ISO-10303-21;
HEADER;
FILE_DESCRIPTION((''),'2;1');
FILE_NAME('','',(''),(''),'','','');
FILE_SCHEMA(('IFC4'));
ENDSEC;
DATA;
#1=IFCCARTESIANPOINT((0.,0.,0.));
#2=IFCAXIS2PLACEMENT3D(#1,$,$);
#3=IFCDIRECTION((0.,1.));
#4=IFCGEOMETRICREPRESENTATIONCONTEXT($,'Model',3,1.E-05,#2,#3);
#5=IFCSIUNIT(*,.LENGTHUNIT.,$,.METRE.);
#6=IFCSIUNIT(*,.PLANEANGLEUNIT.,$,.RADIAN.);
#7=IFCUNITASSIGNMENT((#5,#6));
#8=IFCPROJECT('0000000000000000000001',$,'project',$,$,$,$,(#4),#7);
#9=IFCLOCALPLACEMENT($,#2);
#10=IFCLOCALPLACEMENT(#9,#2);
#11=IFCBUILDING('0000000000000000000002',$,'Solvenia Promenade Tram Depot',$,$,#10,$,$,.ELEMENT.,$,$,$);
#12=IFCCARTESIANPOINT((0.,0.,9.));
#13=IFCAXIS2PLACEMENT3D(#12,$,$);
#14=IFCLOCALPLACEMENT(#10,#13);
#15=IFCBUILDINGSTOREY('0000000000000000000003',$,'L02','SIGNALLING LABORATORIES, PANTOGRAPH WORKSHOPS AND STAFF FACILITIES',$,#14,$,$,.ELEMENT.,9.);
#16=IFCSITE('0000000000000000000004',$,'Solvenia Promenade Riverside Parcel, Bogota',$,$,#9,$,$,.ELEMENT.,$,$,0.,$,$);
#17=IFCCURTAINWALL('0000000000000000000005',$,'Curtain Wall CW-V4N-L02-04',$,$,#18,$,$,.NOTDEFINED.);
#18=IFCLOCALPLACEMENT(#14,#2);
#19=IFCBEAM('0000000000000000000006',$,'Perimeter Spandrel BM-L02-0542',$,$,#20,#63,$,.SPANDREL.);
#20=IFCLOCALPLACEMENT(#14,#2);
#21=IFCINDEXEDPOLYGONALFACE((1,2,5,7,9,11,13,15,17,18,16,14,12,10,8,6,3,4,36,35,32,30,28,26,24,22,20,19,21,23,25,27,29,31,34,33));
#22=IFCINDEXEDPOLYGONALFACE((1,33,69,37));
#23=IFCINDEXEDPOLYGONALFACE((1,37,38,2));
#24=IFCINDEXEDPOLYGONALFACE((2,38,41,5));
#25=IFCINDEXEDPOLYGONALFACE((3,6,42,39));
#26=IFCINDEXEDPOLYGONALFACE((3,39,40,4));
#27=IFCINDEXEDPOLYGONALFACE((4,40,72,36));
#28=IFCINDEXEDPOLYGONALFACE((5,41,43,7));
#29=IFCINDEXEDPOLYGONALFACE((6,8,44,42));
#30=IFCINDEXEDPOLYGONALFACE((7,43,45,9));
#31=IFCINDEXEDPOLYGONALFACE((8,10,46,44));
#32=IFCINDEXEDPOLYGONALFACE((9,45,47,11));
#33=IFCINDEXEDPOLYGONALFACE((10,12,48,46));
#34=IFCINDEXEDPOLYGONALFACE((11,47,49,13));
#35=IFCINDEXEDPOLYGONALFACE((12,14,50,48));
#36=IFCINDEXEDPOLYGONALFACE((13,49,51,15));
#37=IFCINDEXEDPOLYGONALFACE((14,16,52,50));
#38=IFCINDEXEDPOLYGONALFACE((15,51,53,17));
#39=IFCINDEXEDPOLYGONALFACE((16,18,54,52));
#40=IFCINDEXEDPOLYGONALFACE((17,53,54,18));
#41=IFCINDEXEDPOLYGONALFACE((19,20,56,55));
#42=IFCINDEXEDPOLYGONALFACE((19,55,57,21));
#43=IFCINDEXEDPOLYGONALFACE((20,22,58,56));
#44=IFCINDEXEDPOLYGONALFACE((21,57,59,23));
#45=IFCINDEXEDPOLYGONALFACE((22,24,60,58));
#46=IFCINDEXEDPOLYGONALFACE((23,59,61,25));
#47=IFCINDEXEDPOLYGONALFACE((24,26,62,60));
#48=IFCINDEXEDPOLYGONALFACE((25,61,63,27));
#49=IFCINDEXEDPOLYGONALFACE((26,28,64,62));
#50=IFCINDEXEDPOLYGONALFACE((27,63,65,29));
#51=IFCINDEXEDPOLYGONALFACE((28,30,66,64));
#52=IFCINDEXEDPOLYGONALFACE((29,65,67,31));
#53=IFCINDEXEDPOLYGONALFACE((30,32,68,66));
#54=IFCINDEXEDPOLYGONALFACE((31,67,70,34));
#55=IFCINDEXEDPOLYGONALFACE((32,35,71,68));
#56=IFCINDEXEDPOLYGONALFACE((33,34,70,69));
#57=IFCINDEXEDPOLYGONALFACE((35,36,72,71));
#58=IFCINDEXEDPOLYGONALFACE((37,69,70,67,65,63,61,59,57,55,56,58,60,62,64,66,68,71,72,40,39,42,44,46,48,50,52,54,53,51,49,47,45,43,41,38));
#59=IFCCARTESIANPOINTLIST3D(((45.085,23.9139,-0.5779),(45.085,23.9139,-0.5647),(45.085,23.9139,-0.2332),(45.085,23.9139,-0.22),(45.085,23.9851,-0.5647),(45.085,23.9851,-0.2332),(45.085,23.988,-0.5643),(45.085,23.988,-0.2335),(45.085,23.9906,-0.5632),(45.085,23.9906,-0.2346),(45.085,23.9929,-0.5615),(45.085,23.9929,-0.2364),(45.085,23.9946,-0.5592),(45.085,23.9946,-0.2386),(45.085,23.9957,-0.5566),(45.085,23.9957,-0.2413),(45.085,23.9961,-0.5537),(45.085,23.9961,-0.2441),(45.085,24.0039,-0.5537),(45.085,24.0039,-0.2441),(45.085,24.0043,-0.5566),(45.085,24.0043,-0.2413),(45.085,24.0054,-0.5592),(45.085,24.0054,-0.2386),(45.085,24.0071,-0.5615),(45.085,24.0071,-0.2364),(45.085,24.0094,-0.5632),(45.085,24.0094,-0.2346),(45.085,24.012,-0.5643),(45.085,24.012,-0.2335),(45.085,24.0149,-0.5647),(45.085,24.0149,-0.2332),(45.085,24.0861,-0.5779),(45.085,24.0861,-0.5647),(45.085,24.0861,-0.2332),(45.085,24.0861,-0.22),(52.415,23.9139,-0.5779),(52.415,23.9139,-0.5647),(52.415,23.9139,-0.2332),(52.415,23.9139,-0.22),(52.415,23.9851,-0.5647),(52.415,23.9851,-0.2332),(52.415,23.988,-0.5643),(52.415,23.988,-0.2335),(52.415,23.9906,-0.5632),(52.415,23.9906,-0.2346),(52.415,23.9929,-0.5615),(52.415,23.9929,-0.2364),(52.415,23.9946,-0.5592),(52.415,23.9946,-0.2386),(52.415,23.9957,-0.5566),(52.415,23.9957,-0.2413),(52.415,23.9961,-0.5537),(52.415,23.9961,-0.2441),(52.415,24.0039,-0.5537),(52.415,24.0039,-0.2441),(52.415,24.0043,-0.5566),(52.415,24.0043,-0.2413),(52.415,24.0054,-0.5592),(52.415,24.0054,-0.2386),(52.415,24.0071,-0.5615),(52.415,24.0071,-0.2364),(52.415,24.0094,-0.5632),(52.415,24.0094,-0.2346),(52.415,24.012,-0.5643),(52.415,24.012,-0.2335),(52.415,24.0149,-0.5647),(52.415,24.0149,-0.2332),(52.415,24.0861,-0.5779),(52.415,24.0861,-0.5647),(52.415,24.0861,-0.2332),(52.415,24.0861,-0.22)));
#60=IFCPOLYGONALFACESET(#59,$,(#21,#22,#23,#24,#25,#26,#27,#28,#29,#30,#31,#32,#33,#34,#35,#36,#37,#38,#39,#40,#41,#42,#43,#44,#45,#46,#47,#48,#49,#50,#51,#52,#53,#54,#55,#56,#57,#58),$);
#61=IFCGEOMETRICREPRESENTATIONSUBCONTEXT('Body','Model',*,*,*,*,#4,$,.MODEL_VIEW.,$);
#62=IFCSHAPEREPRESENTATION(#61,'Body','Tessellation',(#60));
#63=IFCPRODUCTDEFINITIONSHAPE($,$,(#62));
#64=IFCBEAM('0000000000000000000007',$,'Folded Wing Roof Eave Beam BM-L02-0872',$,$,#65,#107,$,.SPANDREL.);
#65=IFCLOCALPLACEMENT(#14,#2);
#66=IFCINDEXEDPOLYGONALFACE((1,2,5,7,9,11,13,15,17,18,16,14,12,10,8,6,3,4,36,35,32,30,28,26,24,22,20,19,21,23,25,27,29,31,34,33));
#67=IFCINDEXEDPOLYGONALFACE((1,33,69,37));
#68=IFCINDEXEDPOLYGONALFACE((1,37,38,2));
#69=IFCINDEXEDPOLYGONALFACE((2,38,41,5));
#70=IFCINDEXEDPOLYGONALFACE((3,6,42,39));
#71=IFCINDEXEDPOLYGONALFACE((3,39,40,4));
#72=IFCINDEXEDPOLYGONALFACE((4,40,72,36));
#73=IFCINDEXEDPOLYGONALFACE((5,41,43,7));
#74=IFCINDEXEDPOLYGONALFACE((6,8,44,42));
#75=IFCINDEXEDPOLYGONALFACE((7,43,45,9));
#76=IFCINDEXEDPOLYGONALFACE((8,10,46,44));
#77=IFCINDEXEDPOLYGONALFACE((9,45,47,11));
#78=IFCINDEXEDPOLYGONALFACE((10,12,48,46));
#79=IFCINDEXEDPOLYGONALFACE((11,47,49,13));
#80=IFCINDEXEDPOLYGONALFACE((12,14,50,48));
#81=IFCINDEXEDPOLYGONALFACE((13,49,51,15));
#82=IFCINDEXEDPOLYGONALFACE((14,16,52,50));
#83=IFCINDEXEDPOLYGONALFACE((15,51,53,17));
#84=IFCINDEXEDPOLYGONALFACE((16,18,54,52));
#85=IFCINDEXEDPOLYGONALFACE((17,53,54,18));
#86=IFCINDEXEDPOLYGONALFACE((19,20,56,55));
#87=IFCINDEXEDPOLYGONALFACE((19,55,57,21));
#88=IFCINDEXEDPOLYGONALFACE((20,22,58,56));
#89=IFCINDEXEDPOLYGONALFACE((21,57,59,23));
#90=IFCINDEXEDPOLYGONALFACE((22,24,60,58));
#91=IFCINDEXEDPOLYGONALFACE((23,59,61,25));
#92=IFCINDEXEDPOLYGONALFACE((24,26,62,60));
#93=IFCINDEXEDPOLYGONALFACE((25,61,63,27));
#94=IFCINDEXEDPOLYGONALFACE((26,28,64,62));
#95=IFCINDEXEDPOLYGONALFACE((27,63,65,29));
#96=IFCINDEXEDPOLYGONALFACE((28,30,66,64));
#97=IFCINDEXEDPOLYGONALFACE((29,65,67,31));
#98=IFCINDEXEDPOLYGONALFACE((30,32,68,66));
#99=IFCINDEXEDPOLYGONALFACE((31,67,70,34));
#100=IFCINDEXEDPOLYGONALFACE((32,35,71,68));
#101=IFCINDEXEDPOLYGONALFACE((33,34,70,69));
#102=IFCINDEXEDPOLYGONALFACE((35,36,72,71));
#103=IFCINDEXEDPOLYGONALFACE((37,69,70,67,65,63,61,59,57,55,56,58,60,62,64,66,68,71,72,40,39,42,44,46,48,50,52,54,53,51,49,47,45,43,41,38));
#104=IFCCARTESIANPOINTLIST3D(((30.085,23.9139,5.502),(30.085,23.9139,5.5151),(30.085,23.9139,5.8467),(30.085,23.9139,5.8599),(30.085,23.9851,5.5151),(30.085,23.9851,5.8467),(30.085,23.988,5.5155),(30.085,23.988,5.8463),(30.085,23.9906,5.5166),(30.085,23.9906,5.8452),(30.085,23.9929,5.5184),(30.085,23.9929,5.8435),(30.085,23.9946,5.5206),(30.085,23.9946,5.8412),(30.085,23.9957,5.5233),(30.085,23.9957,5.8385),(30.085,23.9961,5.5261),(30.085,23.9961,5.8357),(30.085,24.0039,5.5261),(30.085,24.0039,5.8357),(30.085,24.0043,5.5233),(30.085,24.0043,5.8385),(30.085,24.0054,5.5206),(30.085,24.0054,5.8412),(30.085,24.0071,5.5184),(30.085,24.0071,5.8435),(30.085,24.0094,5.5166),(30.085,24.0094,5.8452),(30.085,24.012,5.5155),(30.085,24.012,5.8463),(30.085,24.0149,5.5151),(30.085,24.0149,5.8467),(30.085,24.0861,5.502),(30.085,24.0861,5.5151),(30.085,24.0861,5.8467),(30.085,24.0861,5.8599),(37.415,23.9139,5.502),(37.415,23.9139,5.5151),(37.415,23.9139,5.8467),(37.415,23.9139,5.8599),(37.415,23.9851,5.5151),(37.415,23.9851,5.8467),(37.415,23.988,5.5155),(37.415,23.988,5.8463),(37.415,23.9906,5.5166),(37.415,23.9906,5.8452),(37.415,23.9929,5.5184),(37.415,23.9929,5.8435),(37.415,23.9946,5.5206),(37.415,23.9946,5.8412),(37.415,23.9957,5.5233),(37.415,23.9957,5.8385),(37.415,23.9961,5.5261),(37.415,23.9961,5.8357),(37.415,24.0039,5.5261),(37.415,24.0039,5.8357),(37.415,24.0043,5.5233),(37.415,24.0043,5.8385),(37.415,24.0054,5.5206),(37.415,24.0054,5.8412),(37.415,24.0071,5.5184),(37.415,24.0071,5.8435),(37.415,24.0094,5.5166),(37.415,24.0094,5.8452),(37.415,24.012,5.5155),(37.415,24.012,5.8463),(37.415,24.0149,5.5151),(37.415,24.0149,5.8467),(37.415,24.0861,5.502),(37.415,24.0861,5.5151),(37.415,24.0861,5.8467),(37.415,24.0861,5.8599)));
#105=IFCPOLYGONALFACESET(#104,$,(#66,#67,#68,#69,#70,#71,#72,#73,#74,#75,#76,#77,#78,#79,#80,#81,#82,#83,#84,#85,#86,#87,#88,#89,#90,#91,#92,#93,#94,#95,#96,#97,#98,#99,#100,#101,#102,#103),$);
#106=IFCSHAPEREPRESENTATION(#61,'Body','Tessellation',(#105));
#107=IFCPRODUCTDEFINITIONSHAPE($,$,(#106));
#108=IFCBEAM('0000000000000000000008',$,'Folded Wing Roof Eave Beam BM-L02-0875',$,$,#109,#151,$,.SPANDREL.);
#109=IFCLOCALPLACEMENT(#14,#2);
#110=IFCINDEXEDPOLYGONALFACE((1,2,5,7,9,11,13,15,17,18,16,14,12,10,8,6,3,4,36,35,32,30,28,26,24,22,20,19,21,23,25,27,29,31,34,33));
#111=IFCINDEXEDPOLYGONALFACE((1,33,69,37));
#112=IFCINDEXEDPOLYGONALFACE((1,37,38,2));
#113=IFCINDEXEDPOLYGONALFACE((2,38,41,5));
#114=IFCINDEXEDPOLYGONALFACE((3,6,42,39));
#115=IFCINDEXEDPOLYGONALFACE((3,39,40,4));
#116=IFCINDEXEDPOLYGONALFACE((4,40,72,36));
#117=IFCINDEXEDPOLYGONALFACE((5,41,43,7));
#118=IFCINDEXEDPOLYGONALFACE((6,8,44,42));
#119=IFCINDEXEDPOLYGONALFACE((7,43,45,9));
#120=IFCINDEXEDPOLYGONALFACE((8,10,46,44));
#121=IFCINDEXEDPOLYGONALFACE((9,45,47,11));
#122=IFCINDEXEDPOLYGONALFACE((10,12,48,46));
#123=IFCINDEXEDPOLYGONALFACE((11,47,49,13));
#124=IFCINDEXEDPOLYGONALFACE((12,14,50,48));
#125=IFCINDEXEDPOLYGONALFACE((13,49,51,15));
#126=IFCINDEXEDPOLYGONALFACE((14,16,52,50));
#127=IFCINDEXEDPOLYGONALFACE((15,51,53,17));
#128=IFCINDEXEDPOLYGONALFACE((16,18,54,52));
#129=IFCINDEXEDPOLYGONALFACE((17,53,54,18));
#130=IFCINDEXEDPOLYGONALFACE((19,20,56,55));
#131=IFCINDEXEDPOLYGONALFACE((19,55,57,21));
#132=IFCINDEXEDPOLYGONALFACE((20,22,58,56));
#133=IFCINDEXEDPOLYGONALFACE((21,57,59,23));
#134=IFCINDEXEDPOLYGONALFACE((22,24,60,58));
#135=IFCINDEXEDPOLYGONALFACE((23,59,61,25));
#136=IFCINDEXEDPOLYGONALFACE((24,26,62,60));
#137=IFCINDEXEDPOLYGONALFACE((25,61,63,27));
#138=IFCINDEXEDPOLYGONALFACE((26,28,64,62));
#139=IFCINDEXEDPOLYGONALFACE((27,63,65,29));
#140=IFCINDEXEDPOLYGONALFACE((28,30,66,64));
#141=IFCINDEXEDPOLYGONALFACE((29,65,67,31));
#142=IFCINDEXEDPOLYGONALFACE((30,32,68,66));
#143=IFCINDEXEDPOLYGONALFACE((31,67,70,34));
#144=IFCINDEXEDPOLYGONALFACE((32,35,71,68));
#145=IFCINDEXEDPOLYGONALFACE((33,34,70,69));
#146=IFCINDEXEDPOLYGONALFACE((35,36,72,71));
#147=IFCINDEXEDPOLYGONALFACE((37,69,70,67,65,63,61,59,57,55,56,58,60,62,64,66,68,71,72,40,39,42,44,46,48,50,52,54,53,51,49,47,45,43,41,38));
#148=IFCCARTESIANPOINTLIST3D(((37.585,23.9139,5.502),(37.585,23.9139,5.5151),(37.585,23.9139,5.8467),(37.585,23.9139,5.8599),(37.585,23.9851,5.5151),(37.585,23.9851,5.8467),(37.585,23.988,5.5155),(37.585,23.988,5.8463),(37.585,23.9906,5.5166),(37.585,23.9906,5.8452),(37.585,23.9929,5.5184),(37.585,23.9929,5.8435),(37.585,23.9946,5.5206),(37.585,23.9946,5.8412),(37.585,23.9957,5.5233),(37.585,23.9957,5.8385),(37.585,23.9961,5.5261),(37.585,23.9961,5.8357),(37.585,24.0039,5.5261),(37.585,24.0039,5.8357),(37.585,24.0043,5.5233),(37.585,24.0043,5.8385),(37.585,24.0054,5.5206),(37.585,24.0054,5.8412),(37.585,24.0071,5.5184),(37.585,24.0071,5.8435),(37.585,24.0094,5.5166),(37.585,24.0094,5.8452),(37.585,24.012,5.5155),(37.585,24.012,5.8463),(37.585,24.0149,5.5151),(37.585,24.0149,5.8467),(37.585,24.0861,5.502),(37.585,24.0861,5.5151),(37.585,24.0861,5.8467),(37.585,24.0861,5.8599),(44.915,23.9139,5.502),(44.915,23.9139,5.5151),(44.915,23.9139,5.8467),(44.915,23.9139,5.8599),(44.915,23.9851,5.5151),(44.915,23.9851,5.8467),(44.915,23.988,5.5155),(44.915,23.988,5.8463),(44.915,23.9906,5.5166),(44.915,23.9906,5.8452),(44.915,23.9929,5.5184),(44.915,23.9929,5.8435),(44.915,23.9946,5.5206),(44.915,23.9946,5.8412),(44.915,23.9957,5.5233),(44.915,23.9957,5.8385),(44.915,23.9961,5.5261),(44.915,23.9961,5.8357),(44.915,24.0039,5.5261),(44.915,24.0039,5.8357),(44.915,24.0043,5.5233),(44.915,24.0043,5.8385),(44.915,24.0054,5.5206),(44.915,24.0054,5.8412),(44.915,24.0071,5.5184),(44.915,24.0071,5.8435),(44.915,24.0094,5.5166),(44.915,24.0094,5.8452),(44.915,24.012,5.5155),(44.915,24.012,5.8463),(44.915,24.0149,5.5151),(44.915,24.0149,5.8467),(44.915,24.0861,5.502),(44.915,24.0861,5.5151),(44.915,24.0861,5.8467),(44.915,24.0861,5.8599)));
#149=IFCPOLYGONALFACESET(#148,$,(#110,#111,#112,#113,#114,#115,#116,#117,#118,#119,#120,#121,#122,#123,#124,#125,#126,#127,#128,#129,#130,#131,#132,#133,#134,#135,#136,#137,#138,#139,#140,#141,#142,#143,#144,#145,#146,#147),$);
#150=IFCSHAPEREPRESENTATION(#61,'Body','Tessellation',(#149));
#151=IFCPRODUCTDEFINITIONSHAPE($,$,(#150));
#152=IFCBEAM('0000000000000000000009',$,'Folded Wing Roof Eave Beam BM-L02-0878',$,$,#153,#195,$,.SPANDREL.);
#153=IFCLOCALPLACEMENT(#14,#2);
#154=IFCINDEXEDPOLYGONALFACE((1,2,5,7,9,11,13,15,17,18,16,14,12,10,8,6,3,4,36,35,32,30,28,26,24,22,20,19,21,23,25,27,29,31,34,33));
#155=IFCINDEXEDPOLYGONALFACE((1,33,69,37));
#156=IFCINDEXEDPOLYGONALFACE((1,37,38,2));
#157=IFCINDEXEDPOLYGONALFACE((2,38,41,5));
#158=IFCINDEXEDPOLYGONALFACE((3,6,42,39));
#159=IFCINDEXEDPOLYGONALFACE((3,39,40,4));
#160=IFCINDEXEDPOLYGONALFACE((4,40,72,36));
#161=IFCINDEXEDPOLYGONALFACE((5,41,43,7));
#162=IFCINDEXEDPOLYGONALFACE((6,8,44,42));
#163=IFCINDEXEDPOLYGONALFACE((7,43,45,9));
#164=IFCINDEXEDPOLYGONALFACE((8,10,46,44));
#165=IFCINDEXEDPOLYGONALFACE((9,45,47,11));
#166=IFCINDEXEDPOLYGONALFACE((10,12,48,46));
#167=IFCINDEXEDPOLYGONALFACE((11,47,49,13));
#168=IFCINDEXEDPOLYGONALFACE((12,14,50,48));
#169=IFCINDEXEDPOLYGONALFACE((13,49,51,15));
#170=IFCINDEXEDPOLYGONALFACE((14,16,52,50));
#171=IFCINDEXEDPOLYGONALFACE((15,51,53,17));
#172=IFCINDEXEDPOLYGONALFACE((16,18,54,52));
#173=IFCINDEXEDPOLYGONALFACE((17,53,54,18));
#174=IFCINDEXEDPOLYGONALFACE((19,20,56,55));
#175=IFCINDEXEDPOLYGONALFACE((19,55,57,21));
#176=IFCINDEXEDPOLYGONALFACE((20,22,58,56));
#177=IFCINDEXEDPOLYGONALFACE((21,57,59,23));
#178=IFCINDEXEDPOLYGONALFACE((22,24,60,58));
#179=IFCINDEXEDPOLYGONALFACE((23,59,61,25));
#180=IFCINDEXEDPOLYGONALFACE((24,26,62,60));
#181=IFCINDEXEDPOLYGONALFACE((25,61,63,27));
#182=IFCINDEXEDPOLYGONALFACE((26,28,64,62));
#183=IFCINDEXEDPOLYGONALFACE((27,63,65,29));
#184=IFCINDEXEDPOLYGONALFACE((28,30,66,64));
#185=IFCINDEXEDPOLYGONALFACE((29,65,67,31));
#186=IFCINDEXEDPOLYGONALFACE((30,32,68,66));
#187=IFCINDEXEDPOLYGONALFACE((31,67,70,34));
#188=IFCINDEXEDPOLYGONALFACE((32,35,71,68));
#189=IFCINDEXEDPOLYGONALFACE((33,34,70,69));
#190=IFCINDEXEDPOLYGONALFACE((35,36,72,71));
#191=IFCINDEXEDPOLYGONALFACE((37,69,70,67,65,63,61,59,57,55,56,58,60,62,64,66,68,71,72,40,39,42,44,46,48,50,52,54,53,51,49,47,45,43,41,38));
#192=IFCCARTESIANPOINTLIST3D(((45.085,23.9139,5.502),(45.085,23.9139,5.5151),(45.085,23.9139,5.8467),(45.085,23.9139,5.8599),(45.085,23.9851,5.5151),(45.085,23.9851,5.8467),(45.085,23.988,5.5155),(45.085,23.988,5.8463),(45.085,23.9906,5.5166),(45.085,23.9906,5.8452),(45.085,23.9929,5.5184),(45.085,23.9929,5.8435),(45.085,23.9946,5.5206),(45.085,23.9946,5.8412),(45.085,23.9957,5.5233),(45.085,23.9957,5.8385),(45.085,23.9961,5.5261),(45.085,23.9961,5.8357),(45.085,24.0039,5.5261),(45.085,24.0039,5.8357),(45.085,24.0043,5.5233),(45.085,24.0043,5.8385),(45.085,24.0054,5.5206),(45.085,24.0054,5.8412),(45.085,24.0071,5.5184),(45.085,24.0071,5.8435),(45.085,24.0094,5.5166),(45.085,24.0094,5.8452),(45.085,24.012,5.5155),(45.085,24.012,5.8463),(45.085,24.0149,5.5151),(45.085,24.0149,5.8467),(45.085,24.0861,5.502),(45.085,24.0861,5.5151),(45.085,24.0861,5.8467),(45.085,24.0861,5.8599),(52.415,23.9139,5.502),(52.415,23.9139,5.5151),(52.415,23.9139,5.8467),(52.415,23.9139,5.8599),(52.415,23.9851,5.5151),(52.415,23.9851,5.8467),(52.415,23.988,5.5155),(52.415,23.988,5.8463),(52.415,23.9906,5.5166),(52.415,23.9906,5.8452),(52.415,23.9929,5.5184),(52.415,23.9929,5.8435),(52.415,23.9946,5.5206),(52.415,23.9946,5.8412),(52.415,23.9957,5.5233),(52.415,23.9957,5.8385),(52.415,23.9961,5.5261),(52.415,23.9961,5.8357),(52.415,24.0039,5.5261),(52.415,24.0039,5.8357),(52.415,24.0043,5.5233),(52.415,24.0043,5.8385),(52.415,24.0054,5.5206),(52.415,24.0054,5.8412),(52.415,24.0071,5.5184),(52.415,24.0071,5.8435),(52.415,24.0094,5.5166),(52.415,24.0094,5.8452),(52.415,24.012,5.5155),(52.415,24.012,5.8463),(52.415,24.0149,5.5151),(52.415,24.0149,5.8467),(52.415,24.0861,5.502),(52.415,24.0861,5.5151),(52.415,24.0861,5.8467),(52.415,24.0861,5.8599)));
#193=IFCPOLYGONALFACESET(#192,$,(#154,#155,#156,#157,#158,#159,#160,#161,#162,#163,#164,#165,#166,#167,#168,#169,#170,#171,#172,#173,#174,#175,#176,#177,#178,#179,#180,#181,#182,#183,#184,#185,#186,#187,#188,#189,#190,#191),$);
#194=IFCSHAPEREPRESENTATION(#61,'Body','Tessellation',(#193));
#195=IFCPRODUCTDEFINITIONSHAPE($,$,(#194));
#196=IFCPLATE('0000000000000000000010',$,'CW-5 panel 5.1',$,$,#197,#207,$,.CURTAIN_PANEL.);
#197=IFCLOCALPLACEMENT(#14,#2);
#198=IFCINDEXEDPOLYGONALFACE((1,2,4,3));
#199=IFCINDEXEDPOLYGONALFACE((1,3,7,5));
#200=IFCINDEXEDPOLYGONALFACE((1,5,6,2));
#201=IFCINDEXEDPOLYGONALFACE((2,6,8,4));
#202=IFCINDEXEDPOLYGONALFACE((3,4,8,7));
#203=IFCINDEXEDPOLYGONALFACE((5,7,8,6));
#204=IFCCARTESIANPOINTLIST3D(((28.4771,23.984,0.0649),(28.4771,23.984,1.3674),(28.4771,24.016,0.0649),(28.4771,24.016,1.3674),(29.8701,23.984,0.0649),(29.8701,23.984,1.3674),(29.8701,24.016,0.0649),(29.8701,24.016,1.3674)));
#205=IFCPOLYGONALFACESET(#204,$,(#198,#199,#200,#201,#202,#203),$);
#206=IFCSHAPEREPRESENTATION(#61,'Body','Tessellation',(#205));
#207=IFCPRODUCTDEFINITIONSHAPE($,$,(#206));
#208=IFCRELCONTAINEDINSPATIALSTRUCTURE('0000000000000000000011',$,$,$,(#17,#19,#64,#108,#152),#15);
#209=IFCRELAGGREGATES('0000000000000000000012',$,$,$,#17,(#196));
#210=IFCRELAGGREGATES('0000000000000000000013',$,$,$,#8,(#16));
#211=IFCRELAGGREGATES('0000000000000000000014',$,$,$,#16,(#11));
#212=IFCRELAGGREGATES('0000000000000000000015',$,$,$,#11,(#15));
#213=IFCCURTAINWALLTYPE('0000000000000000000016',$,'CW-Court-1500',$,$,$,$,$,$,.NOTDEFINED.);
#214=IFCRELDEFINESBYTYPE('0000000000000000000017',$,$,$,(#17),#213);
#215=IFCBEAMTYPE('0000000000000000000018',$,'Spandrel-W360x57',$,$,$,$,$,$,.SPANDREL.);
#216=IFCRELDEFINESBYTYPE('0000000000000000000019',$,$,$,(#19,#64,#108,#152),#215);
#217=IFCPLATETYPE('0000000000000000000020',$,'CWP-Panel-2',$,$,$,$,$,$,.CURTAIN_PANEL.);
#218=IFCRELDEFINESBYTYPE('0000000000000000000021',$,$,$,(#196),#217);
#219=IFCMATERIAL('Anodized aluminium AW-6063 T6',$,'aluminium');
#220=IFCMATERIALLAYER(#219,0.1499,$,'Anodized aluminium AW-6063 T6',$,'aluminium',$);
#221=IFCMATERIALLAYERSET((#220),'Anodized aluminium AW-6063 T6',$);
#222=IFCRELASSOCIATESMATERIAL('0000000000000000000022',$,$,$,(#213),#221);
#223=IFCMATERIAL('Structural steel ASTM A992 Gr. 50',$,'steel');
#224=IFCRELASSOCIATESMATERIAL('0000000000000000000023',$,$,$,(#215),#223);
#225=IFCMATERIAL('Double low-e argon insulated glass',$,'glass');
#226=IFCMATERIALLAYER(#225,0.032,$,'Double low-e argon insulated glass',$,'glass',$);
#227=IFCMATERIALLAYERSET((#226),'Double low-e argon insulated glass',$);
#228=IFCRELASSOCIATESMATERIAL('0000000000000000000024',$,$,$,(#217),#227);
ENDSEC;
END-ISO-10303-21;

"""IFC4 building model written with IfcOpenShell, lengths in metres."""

from ifc_helpers import new_model, si_unit, direction, frame, origin, origin_2d, place, context, subcontext, project, spatial, rectangle, i_section, extrude, material, layer, layer_set, material_profile, profile_set, type_object, element, aggregate, save


model = new_model("IFC4")

# Units and contexts
model_context = context("Model", 3, precision=1e-05, world=origin(), true_north=direction((0.0, 1.0)))
body_context = subcontext(model_context, "Body", "Model", "MODEL_VIEW")
ifc_project = project(units=[si_unit("LENGTHUNIT", "METRE"), si_unit("PLANEANGLEUNIT", "RADIAN")], contexts=[model_context])

# Site, building, storey
site_placement = place(None, origin())
site = spatial("IfcSite", under=ifc_project, at=site_placement, Name="Solvenia Promenade Riverside Parcel, Bogota", CompositionType="ELEMENT", RefElevation=0.0)
building_placement = place(site_placement, origin())
building = spatial("IfcBuilding", under=site, at=building_placement, Name="Solvenia Promenade Tram Depot", CompositionType="ELEMENT")
storey_placement = place(building_placement, frame((0.0, 0.0, 9.0)))
storey = spatial("IfcBuildingStorey", under=building, at=storey_placement, Name="L02", Description="SIGNALLING LABORATORIES, PANTOGRAPH WORKSHOPS AND STAFF FACILITIES", CompositionType="ELEMENT", Elevation=9.0)

# Shared definitions
ifc_material_1 = material(Name="Structural steel ASTM A992 Gr. 50", Category="steel")

# Curtain wall
ifc_material_2 = material(Name="Anodized aluminium AW-6063 T6", Category="aluminium")
ifc_layer_1 = layer(ifc_material_2, 0.1499, Name="Anodized aluminium AW-6063 T6", Category="aluminium")
ifc_layer_set_1 = layer_set([ifc_layer_1], Name="Anodized aluminium AW-6063 T6")
curtain_wall_type = type_object("IfcCurtainWallType", Name="CW-Court-1500", PredefinedType="NOTDEFINED", material=ifc_layer_set_1)
curtain_wall_1_placement = place(storey_placement, origin())
curtain_wall_1 = element("IfcCurtainWall", 1, at=curtain_wall_1_placement, inside=storey, type_object=curtain_wall_type, Name="Curtain Wall CW-V4N-L02-04", PredefinedType="NOTDEFINED")

# Beams
ifc_material_profile_1 = material_profile(ifc_material_1, i_section(OverallWidth=0.1721, OverallDepth=0.3579, WebThickness=0.0078, FlangeThickness=0.0132, FilletRadius=0.011, at=origin_2d()), Name="W360x57", Category="steel")
ifc_profile_set_1 = profile_set([ifc_material_profile_1], Name="Structural steel ASTM A992 Gr. 50")
beam_type_1 = type_object("IfcBeamType", Name="Spandrel-W360x57", PredefinedType="SPANDREL", material=ifc_profile_set_1)
for number, where, z_axis, x_axis, name in (
    (2, (45.085, 24.0, -0.3989), (1.0, 0.0, 0.0), (0.0, 1.0, 0.0), "Perimeter Spandrel BM-L02-0542"),
    (3, (30.085, 24.0, 5.6809), (1.0, 0.0, 0.0), (0.0, 1.0, 0.0), "Folded Wing Roof Eave Beam BM-L02-0872"),
    (4, (37.585, 24.0, 5.6809), (1.0, 0.0, 0.0), (0.0, 1.0, 0.0), "Folded Wing Roof Eave Beam BM-L02-0875"),
    (5, (45.085, 24.0, 5.6809), (1.0, 0.0, 0.0), (0.0, 1.0, 0.0), "Folded Wing Roof Eave Beam BM-L02-0878"),
):
    element("IfcBeam", number, at=place(storey_placement, frame(where, z_axis=z_axis, x_axis=x_axis)), inside=storey, type_object=beam_type_1, Name=name, PredefinedType="SPANDREL", context=body_context, shape_type="SweptSolid", body=[
        extrude(i_section(OverallWidth=0.1721, OverallDepth=0.3579, WebThickness=0.0078, FlangeThickness=0.0132, FilletRadius=0.011, at=origin_2d()), origin(), (0.0, 0.0, 1.0), 7.3301),
    ])

# Plate
ifc_material_3 = material(Name="Double low-e argon insulated glass", Category="glass")
ifc_layer_2 = layer(ifc_material_3, 0.032, Name="Double low-e argon insulated glass", Category="glass")
ifc_layer_set_2 = layer_set([ifc_layer_2], Name="Double low-e argon insulated glass")
plate_type = type_object("IfcPlateType", Name="CWP-Panel-2", PredefinedType="CURTAIN_PANEL", material=ifc_layer_set_2)
plate_1_placement = place(storey_placement, frame((29.1736, 24.0, 0.0649), z_axis=(0.0, 0.0, 1.0), x_axis=(1.0, 0.0, 0.0)))
plate_1 = element("IfcPlate", 6, at=plate_1_placement, type_object=plate_type, Name="CW-5 panel 5.1", PredefinedType="CURTAIN_PANEL", context=body_context, shape_type="SweptSolid", body=[
    extrude(rectangle(XDim=1.3931, YDim=0.032, at=origin_2d()), origin(), (0.0, 0.0, 1.0), 1.3025),
])
aggregate(curtain_wall_1, [plate_1])

save(model, "model.ifc")
